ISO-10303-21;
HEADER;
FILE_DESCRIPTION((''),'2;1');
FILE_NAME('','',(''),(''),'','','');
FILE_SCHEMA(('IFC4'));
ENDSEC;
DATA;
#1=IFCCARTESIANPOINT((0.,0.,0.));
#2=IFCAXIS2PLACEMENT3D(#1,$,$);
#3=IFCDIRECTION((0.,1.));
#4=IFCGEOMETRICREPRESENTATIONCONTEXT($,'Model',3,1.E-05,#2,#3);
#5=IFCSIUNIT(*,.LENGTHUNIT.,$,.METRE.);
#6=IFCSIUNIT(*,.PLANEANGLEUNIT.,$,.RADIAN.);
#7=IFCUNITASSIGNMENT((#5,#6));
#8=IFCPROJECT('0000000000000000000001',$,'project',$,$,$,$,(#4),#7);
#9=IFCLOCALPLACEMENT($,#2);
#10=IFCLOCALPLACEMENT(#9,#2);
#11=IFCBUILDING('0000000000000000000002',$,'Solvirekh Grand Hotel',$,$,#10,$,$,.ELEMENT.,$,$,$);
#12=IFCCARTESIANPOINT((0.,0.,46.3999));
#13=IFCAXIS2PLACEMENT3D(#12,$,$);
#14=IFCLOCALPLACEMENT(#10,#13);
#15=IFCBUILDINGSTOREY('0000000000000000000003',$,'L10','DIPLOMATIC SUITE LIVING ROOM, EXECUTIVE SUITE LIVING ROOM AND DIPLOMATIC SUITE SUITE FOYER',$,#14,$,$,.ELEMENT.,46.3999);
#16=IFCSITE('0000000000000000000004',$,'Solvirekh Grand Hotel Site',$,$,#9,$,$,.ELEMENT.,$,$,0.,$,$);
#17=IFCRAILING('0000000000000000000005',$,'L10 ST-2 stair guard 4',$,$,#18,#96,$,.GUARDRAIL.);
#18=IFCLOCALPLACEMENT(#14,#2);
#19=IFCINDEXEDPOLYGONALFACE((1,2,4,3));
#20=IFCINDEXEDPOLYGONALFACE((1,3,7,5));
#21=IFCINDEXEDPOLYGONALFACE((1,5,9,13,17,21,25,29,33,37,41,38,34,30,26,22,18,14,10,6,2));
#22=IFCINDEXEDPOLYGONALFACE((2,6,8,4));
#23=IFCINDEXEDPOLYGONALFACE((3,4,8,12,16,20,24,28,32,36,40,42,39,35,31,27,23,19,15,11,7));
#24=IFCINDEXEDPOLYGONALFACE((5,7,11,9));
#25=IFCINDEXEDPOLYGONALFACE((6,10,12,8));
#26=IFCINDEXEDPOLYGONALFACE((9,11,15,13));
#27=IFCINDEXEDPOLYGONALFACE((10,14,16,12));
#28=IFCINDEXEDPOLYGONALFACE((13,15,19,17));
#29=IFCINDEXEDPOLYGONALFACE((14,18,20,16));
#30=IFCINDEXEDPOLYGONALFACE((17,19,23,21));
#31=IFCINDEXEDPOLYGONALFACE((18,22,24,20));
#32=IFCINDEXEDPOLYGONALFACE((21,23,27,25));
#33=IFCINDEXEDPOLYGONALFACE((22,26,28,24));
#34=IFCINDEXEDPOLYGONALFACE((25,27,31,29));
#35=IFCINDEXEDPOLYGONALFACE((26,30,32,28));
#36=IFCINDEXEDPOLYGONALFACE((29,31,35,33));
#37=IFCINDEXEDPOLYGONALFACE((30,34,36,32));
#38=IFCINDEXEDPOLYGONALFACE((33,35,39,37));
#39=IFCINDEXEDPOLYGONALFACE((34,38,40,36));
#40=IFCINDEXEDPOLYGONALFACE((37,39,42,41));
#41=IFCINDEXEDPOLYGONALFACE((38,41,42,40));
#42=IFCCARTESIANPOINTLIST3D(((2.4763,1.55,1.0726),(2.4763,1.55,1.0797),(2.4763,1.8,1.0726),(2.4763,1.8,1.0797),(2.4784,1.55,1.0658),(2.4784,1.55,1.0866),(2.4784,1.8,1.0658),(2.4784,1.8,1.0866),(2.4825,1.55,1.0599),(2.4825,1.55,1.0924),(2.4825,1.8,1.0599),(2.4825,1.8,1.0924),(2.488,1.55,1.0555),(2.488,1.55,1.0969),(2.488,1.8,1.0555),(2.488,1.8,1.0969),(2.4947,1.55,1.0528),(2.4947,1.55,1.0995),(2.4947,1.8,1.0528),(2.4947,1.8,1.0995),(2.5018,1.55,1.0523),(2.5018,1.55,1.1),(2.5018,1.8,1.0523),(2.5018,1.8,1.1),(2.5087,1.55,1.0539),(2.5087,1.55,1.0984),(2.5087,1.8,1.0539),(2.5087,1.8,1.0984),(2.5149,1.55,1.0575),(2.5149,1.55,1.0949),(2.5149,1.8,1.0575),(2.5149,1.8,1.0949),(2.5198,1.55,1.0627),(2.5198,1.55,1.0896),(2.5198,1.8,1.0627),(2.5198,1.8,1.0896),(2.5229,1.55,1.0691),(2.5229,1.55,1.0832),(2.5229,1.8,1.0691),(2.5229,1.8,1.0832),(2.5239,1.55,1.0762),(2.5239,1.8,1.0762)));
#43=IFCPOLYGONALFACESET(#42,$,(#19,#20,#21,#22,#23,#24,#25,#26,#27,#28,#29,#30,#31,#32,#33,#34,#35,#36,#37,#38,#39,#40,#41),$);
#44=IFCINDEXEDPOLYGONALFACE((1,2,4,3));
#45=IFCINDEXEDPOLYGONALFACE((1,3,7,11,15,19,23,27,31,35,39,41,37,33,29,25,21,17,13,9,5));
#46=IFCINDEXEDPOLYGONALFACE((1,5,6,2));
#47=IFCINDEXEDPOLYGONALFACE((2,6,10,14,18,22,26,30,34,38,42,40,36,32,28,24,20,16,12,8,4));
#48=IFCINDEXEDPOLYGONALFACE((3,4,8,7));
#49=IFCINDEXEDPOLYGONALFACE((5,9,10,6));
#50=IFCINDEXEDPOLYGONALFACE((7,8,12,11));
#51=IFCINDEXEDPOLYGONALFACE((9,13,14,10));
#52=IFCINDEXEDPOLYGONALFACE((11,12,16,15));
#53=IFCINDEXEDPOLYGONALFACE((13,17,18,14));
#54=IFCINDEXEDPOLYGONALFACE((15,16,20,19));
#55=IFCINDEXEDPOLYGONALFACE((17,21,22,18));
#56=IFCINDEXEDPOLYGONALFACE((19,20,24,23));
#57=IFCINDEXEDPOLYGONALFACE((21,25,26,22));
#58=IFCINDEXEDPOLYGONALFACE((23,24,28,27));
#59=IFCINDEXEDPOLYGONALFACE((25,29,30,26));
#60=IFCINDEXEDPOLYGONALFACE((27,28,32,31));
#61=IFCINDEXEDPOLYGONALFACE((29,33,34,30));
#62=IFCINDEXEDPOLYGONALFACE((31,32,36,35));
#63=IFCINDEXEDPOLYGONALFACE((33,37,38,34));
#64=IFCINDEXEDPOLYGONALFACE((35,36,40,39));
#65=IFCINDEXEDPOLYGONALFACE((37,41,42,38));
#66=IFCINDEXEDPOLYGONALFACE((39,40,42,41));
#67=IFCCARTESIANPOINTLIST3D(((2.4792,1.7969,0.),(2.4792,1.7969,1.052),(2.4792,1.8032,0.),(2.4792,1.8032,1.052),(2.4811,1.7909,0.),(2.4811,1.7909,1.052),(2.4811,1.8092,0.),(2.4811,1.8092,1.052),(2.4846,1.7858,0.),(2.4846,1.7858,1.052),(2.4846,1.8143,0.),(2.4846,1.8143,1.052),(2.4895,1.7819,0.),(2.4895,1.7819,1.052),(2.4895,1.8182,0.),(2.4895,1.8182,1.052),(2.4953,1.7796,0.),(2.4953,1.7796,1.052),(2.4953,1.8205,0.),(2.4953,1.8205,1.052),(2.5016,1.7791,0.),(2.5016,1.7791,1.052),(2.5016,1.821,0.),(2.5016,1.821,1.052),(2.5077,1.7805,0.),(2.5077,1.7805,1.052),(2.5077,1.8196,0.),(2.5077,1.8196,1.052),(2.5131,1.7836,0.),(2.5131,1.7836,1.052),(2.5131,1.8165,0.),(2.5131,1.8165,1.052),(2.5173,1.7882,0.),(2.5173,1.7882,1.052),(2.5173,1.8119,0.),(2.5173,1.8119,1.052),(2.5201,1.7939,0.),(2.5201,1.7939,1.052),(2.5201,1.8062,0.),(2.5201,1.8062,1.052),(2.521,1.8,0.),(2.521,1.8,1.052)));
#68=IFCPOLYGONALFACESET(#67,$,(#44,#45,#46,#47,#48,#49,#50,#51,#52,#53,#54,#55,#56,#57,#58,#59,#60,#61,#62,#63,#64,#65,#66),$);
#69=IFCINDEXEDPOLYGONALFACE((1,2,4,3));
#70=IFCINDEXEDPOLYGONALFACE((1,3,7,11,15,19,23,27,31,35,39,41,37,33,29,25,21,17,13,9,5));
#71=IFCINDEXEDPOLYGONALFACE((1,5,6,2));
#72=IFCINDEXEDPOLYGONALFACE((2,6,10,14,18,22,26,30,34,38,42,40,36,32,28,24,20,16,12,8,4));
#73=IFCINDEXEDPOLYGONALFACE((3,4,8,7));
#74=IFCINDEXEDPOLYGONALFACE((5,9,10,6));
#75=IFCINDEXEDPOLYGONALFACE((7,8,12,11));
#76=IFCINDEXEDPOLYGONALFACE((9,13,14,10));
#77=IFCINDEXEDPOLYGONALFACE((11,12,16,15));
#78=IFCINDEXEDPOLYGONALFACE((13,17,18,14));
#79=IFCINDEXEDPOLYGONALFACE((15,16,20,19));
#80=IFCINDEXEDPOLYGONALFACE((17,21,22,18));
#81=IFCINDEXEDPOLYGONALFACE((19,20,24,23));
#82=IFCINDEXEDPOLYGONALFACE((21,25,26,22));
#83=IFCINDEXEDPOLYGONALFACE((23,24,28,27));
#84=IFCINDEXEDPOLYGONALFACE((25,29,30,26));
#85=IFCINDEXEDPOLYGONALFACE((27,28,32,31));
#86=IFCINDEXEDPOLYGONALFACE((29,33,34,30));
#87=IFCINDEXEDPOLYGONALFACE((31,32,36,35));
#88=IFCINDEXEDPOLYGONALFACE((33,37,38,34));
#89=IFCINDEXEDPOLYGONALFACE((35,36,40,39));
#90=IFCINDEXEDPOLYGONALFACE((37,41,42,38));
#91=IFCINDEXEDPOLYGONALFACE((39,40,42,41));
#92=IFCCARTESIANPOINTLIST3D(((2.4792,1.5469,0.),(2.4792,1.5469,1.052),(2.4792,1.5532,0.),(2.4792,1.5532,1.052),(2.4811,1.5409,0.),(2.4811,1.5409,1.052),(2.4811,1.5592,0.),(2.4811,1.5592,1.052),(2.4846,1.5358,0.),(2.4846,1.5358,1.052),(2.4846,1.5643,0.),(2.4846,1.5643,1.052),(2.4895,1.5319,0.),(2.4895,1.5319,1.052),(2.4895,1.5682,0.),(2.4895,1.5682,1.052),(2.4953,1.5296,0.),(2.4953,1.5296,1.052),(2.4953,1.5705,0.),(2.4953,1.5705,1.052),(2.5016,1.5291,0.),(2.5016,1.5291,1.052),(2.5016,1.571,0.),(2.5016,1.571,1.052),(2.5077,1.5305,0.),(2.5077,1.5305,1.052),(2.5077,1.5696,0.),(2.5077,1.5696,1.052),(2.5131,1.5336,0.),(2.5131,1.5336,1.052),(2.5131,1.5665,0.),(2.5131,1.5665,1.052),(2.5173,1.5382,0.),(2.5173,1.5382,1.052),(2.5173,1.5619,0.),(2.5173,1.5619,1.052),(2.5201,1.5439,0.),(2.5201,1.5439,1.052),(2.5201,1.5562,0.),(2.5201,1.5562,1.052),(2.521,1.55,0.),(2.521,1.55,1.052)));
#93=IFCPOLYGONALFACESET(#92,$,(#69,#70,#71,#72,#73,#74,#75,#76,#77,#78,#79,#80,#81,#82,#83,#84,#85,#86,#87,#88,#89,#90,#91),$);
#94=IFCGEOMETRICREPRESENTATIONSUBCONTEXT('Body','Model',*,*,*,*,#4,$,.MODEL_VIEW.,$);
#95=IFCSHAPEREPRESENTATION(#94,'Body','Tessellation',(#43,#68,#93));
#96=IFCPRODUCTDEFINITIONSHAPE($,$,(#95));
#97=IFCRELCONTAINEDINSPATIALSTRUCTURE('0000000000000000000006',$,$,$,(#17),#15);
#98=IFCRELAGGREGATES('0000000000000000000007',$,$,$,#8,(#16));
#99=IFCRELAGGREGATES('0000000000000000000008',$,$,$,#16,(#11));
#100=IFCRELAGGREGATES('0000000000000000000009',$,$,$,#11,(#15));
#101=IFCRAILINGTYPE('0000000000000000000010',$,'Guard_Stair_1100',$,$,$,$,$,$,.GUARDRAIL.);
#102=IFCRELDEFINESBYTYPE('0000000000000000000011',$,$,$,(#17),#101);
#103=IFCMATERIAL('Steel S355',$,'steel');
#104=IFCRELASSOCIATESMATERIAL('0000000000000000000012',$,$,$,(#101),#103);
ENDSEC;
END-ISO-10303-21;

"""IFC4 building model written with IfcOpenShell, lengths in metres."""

from ifc_helpers import new_model, si_unit, direction, frame, origin, origin_2d, place, context, subcontext, project, spatial, circle, extrude, material, type_object, element, save


model = new_model("IFC4")

# Units and contexts
model_context = context("Model", 3, precision=1e-05, world=origin(), true_north=direction((0.0, 1.0)))
body_context = subcontext(model_context, "Body", "Model", "MODEL_VIEW")
ifc_project = project(units=[si_unit("LENGTHUNIT", "METRE"), si_unit("PLANEANGLEUNIT", "RADIAN")], contexts=[model_context])

# Site, building, storey
site_placement = place(None, origin())
site = spatial("IfcSite", under=ifc_project, at=site_placement, Name="Solvirekh Grand Hotel Site", CompositionType="ELEMENT", RefElevation=0.0)
building_placement = place(site_placement, origin())
building = spatial("IfcBuilding", under=site, at=building_placement, Name="Solvirekh Grand Hotel", CompositionType="ELEMENT")
storey_placement = place(building_placement, frame((0.0, 0.0, 46.3999)))
storey = spatial("IfcBuildingStorey", under=building, at=storey_placement, Name="L10", Description="DIPLOMATIC SUITE LIVING ROOM, EXECUTIVE SUITE LIVING ROOM AND DIPLOMATIC SUITE SUITE FOYER", CompositionType="ELEMENT", Elevation=46.3999)

# Shared definitions
ifc_material_1 = material(Name="Steel S355", Category="steel")

# Railing
railing_type_1 = type_object("IfcRailingType", Name="Guard_Stair_1100", PredefinedType="GUARDRAIL", material=ifc_material_1)
railing_1_placement = place(storey_placement, frame((2.5, 1.8, 0.0)))
element("IfcRailing", 1, at=railing_1_placement, inside=storey, type_object=railing_type_1, Name="L10 ST-2 stair guard 4", PredefinedType="GUARDRAIL", context=body_context, shape_type="SweptSolid", body=[
    extrude(circle(Radius=0.0239, at=origin_2d()), frame((0.0, 0.0, 1.0762), z_axis=(0.0, -1.0, 0.0), x_axis=(1.0, 0.0, 0.0)), (0.0, 0.0, 1.0), 0.25),
    extrude(circle(Radius=0.021, at=origin_2d()), origin(), (0.0, 0.0, 1.0), 1.052),
    extrude(circle(Radius=0.021, at=origin_2d()), frame((0.0, -0.25, 0.0)), (0.0, 0.0, 1.0), 1.052),
])

save(model, "model.ifc")
